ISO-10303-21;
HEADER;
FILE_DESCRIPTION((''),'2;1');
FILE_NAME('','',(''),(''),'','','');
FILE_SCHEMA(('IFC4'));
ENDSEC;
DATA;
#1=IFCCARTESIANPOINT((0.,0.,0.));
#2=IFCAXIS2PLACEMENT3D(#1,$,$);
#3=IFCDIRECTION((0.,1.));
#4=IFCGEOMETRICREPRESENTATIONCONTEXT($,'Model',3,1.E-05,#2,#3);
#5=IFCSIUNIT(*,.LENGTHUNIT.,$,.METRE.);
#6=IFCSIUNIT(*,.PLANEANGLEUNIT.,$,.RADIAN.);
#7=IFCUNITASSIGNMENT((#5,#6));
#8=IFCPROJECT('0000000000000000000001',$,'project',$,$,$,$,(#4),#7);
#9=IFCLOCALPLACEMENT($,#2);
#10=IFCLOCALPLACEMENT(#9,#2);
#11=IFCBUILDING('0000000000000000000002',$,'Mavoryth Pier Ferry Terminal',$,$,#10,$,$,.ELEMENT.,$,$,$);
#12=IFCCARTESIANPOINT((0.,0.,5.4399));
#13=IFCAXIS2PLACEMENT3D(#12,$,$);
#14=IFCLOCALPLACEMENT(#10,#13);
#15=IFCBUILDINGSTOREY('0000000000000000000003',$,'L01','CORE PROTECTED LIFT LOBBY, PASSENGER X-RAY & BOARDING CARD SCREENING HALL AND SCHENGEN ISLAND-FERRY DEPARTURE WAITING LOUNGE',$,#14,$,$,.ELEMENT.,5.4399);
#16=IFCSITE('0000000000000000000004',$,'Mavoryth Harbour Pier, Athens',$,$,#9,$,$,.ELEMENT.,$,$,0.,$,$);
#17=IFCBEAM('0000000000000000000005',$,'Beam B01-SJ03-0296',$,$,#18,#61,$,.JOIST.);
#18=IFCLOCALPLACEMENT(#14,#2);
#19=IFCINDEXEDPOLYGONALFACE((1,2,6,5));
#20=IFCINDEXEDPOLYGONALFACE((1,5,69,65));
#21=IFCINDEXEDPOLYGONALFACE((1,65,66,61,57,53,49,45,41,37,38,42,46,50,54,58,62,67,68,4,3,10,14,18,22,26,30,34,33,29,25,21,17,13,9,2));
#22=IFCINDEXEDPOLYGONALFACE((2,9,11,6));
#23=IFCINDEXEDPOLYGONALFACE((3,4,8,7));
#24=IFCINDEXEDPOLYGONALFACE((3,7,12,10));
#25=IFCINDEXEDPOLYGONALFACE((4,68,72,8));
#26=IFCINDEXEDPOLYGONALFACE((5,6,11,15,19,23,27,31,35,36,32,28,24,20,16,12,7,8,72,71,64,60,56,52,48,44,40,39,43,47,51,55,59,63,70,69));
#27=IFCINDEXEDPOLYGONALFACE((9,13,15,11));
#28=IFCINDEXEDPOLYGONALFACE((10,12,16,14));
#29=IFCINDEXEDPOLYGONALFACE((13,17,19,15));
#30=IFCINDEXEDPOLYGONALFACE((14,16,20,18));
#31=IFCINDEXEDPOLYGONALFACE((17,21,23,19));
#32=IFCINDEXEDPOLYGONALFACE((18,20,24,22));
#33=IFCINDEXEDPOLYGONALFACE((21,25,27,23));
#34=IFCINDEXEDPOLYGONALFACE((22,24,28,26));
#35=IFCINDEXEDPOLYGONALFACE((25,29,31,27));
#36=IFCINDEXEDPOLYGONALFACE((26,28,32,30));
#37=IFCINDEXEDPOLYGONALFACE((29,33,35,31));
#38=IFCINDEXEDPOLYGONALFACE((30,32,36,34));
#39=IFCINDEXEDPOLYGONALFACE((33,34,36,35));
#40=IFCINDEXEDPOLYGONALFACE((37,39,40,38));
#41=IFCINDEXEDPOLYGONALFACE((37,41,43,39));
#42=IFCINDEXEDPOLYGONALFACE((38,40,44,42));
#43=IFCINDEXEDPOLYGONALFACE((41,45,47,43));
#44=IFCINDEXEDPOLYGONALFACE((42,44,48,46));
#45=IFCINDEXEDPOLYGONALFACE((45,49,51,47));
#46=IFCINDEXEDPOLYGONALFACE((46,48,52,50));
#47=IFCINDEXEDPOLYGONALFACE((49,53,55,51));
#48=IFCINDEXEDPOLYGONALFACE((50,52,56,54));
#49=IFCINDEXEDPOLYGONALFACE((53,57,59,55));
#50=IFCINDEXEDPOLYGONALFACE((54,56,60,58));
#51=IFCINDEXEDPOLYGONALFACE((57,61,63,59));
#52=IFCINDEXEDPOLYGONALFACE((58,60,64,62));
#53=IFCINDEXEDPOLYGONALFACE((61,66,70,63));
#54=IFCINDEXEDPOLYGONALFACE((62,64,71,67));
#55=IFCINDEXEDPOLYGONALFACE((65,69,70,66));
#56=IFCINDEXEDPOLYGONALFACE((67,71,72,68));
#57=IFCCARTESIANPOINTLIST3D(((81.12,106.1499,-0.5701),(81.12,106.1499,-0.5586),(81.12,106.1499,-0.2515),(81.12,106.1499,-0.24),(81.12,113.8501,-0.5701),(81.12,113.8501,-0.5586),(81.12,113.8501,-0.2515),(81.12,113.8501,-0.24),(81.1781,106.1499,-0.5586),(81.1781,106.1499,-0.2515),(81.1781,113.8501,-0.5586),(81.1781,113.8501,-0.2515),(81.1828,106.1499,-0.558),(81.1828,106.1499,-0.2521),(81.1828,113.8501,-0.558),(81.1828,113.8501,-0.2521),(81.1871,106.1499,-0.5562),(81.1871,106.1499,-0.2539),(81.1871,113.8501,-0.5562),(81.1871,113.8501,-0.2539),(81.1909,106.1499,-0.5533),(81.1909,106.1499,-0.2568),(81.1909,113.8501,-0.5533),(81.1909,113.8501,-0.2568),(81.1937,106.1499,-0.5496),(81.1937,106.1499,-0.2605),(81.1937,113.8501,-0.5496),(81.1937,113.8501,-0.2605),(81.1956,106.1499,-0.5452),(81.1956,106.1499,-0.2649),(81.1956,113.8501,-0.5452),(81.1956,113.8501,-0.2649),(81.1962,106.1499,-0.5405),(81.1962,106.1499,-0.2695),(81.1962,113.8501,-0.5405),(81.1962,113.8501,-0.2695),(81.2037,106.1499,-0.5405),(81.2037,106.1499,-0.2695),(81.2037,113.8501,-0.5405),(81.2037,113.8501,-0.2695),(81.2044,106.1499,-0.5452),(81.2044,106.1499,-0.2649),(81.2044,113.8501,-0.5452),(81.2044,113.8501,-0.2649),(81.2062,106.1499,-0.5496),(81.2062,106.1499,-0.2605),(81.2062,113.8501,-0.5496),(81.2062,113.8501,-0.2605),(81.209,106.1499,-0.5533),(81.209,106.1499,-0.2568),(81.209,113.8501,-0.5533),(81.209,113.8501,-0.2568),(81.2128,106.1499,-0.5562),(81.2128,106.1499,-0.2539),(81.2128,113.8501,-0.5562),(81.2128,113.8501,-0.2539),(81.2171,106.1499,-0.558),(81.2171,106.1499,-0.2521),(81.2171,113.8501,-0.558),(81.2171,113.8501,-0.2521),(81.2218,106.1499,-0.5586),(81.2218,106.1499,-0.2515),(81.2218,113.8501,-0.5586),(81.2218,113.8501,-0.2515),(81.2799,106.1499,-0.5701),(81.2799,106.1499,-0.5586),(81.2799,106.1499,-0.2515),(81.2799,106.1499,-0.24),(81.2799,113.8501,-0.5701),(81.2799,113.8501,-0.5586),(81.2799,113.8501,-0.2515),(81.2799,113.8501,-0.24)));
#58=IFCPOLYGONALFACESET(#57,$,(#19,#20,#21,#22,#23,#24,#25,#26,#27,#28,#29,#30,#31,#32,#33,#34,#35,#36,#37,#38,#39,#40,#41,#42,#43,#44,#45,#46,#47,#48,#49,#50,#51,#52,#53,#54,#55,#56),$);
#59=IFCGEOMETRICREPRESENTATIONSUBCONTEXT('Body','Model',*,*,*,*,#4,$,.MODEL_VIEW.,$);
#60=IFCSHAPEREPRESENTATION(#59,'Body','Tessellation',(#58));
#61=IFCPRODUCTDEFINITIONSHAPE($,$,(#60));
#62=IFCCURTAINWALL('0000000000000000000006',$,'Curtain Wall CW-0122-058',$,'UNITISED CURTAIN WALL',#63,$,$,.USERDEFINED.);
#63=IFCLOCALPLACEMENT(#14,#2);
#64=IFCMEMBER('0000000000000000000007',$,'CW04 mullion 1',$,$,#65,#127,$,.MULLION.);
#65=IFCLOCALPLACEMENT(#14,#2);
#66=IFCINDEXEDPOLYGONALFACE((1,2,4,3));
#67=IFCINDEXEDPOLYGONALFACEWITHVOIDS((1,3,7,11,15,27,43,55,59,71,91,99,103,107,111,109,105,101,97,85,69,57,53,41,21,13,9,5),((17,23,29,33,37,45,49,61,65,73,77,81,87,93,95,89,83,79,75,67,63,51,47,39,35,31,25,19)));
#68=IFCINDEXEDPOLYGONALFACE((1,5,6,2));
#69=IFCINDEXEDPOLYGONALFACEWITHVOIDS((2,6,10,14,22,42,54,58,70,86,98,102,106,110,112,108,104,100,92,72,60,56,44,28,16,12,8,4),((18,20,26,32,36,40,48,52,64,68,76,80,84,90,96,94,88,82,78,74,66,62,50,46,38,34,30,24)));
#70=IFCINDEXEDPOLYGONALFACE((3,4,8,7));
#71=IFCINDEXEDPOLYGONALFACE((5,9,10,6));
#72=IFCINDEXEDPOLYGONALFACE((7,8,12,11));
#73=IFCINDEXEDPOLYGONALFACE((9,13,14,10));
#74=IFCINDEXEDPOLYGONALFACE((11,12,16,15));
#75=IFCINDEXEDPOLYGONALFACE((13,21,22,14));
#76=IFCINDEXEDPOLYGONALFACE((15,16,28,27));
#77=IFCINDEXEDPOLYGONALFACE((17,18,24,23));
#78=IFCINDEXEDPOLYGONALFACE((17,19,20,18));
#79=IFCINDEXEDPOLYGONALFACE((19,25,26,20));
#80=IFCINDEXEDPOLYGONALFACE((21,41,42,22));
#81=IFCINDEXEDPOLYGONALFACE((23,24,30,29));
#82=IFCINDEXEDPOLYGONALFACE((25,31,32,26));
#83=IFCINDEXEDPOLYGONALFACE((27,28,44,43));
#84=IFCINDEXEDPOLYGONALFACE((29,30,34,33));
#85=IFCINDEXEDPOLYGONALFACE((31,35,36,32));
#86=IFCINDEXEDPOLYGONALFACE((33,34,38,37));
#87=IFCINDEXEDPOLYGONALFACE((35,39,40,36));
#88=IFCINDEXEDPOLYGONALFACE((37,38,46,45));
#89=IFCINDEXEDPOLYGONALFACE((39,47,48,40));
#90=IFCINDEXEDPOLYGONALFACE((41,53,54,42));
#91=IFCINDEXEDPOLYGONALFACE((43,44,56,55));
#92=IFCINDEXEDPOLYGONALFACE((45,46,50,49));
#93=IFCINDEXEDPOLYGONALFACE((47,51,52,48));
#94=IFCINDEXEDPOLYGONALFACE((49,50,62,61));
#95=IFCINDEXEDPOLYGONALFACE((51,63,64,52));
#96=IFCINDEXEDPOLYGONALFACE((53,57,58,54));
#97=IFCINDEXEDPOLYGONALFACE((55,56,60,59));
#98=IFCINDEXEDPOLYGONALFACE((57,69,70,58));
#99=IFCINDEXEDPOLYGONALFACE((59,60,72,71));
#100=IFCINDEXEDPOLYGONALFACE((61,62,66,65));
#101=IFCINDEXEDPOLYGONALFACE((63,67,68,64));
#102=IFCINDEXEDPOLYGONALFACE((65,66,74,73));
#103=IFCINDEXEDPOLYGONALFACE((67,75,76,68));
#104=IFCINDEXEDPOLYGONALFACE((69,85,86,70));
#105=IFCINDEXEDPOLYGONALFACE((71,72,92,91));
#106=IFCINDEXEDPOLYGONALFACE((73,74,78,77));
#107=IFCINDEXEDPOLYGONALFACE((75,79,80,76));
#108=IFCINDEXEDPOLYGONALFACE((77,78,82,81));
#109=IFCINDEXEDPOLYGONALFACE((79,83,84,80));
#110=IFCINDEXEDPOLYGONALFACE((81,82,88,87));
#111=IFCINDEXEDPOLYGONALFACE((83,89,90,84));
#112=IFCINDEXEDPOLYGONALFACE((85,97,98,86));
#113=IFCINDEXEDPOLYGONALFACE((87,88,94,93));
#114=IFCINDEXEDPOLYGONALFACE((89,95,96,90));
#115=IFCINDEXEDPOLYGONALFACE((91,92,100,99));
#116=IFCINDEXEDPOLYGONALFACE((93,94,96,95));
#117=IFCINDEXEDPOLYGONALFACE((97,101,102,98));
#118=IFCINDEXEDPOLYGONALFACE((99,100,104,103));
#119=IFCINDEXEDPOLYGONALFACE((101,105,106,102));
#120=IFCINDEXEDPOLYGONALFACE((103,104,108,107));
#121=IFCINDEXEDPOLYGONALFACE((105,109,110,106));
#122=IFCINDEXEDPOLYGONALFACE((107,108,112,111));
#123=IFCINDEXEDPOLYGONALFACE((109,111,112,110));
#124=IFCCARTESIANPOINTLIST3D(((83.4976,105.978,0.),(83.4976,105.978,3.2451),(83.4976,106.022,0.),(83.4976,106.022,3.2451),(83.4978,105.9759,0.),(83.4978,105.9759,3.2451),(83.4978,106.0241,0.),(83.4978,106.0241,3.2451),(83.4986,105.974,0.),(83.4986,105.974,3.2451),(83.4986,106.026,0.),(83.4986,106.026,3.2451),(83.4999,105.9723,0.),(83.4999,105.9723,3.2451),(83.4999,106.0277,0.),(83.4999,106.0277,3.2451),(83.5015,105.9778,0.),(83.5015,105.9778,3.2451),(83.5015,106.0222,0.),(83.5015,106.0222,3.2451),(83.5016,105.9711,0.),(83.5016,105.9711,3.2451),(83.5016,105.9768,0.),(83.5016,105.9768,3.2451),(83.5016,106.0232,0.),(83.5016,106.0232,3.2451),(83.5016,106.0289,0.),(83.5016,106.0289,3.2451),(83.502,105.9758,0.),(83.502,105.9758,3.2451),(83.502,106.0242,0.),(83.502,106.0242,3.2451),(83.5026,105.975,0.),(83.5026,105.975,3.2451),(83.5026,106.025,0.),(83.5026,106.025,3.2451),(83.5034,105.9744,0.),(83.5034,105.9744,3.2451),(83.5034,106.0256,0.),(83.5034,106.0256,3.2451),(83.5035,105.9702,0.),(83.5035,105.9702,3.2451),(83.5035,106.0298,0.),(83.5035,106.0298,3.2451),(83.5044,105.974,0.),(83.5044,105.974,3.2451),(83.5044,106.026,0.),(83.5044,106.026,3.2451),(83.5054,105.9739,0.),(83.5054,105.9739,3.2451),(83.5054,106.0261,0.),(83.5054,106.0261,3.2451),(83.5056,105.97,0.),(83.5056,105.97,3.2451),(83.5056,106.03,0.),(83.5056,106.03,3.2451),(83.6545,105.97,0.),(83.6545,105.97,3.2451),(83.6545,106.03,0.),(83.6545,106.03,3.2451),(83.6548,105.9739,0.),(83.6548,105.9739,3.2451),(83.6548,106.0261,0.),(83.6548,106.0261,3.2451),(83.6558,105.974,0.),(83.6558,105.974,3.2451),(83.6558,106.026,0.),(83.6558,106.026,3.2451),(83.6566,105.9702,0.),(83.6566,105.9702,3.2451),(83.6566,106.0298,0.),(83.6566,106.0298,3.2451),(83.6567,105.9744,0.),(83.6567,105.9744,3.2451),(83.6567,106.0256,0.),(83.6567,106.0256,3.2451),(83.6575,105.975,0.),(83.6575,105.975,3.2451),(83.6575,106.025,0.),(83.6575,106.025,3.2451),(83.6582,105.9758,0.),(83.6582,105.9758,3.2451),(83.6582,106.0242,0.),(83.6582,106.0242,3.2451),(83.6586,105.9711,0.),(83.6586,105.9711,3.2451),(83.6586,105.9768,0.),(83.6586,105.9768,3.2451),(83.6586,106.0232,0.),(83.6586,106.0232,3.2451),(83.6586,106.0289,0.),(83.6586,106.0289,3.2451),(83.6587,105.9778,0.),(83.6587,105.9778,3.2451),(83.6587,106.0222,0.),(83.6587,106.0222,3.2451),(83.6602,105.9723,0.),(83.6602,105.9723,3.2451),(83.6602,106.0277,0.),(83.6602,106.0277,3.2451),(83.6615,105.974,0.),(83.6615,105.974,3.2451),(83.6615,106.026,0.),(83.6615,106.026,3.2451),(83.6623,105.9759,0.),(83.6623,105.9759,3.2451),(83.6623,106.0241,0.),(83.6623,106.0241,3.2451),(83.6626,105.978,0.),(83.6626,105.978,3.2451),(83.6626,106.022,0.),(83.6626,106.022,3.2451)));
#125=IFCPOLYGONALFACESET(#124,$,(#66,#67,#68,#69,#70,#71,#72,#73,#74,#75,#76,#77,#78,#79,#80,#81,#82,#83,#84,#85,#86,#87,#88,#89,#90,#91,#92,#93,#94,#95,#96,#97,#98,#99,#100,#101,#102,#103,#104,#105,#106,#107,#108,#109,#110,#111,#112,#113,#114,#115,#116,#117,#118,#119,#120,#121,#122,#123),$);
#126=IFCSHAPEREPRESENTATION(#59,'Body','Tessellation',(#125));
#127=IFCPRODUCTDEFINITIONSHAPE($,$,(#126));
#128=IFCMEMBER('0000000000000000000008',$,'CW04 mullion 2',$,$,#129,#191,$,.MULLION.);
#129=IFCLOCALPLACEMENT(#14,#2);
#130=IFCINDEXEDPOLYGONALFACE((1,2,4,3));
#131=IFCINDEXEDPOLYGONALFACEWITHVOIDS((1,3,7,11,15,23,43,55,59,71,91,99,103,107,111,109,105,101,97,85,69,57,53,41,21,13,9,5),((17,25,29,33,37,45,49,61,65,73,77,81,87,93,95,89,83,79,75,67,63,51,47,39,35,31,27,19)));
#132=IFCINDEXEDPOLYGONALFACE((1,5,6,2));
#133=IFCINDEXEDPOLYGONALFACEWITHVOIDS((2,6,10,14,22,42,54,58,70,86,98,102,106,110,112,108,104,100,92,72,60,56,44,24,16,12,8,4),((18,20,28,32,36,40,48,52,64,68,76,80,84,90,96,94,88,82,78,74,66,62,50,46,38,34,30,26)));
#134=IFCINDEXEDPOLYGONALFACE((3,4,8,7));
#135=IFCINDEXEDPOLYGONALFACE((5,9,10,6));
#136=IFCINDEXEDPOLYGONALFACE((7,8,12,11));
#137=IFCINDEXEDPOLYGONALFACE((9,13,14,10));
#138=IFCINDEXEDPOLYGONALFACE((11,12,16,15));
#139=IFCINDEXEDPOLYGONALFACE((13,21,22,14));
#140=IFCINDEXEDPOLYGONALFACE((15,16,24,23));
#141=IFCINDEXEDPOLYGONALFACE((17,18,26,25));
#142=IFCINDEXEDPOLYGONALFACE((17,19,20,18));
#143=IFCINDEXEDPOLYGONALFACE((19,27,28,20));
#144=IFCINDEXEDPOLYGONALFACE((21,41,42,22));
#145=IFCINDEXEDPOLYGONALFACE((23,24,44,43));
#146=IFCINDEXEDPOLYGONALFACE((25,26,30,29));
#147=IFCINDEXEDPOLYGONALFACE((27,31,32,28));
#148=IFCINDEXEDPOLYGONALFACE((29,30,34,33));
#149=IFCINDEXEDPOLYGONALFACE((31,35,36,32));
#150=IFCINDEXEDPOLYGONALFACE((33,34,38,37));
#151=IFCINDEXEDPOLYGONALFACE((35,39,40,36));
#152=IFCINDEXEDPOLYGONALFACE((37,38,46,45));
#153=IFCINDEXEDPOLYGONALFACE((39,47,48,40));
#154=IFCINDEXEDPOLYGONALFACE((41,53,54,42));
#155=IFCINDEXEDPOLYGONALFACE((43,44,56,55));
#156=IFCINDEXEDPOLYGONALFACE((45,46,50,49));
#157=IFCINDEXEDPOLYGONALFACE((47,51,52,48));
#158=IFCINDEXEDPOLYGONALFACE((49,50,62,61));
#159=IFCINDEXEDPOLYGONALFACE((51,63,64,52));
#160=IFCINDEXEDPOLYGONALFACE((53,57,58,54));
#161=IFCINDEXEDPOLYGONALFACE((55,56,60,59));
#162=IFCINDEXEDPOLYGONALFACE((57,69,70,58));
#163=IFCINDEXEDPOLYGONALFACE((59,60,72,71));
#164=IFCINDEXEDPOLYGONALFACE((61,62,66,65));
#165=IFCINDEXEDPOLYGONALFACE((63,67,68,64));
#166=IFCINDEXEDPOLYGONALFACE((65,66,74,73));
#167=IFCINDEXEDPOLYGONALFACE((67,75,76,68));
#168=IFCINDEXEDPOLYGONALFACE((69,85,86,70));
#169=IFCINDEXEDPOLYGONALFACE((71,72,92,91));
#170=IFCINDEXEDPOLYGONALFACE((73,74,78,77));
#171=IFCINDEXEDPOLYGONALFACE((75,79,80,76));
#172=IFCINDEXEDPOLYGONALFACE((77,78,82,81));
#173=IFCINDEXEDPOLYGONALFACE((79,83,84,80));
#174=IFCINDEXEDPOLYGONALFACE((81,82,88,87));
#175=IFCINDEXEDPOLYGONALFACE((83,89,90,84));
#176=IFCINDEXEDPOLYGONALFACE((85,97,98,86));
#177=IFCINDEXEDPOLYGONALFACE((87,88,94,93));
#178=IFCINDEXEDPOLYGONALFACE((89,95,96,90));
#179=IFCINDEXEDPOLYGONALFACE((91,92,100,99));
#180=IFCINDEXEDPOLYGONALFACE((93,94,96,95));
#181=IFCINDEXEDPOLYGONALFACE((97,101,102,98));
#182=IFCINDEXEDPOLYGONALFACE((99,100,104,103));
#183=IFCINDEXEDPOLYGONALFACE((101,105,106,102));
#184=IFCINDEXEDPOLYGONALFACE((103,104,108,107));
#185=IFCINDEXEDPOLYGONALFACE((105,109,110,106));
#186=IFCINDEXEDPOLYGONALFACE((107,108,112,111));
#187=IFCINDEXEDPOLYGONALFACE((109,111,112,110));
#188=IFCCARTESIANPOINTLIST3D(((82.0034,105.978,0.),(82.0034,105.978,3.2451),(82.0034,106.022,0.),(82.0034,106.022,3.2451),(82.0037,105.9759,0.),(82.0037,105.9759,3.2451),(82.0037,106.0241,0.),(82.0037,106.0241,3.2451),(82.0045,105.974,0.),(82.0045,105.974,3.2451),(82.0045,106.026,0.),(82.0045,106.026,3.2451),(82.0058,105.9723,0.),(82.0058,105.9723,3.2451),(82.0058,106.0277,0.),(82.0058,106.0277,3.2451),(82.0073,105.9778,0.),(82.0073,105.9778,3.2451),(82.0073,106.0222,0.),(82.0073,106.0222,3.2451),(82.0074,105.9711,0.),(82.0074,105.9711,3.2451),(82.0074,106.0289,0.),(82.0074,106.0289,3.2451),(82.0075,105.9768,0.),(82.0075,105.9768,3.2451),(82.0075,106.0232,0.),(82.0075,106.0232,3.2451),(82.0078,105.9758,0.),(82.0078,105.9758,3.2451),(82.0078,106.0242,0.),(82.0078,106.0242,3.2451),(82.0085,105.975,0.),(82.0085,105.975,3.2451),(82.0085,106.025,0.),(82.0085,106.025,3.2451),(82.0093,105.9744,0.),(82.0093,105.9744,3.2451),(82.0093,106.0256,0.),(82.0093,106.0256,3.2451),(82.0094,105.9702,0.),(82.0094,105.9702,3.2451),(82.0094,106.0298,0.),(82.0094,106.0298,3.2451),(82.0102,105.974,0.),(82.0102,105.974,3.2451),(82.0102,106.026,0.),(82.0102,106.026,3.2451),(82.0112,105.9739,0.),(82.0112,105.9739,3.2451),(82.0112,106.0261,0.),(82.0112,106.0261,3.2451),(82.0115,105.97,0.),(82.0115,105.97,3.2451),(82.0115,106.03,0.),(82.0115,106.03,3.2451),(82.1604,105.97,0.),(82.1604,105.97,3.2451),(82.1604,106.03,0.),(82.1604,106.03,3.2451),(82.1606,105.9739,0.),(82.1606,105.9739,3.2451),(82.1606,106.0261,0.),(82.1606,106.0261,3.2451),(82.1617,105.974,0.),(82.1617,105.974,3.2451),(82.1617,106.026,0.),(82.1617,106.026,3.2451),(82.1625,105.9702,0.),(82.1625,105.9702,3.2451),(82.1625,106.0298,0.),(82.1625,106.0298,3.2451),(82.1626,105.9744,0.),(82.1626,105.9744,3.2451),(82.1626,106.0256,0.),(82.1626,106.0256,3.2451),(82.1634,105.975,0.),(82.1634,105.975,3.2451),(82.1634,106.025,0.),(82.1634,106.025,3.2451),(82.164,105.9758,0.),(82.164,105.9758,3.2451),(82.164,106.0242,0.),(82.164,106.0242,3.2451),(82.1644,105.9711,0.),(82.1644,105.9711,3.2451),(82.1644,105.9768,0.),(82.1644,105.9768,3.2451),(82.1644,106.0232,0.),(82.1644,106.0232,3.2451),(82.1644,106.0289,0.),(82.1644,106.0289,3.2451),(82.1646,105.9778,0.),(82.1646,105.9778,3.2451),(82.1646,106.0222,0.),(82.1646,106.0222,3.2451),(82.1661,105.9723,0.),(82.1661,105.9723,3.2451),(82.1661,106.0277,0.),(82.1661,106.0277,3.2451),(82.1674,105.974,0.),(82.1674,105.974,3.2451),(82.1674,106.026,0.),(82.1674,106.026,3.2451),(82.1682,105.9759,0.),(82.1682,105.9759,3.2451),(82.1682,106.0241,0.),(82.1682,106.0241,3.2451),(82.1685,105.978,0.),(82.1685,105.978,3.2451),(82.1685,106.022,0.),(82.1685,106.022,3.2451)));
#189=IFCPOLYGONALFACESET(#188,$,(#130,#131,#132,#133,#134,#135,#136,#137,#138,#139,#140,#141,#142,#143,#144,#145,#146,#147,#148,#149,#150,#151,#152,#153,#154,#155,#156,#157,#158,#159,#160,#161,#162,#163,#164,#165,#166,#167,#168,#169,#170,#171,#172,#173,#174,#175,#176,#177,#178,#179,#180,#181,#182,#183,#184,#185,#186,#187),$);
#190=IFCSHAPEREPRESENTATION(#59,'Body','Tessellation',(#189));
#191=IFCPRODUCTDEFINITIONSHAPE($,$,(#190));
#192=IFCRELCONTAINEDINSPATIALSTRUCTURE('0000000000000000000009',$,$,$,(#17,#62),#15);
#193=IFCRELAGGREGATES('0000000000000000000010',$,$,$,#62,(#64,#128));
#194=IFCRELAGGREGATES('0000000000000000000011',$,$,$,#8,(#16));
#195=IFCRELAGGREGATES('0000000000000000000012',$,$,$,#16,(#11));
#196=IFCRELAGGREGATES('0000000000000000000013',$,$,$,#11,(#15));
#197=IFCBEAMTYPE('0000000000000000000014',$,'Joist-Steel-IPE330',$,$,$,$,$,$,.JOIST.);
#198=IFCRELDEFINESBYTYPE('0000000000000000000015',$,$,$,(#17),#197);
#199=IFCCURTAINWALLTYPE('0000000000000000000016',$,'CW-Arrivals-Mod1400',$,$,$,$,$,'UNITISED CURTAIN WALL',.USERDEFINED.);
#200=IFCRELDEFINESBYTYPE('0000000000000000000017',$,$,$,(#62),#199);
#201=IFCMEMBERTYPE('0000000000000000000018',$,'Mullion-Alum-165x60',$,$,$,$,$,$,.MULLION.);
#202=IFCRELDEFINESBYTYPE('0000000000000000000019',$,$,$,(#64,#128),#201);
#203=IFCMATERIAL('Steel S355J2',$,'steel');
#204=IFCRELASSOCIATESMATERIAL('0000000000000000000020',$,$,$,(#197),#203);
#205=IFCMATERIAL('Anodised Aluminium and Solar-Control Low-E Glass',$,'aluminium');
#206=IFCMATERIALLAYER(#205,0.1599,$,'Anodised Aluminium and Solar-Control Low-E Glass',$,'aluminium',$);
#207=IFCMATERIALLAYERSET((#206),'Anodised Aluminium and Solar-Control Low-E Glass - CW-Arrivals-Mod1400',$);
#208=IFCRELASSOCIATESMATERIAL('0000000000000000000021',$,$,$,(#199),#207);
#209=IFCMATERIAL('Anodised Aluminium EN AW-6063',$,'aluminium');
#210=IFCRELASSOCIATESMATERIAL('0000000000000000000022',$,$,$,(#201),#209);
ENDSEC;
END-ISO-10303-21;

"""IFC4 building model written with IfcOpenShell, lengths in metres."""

from ifc_helpers import new_model, si_unit, direction, frame, origin, origin_2d, place, context, subcontext, project, spatial, hollow_rectangle, i_section, extrude, material, layer, layer_set, material_profile, profile_set, type_object, element, aggregate, save


model = new_model("IFC4")

# Units and contexts
model_context = context("Model", 3, precision=1e-05, world=origin(), true_north=direction((0.0, 1.0)))
body_context = subcontext(model_context, "Body", "Model", "MODEL_VIEW")
ifc_project = project(units=[si_unit("LENGTHUNIT", "METRE"), si_unit("PLANEANGLEUNIT", "RADIAN")], contexts=[model_context])

# Site, building, storey
site_placement = place(None, origin())
site = spatial("IfcSite", under=ifc_project, at=site_placement, Name="Mavoryth Harbour Pier, Athens", CompositionType="ELEMENT", RefElevation=0.0)
building_placement = place(site_placement, origin())
building = spatial("IfcBuilding", under=site, at=building_placement, Name="Mavoryth Pier Ferry Terminal", CompositionType="ELEMENT")
storey_placement = place(building_placement, frame((0.0, 0.0, 5.4399)))
storey = spatial("IfcBuildingStorey", under=building, at=storey_placement, Name="L01", Description="CORE PROTECTED LIFT LOBBY, PASSENGER X-RAY & BOARDING CARD SCREENING HALL AND SCHENGEN ISLAND-FERRY DEPARTURE WAITING LOUNGE", CompositionType="ELEMENT", Elevation=5.4399)

# Shared definitions
ifc_material_1 = material(Name="Steel S355J2", Category="steel")

# Beam
ifc_material_profile_1 = material_profile(ifc_material_1, i_section(OverallWidth=0.1599, OverallDepth=0.3301, WebThickness=0.0076, FlangeThickness=0.0115, FilletRadius=0.0181, at=origin_2d()), Name="IPE 330", Category="steel")
ifc_profile_set_1 = profile_set([ifc_material_profile_1], Name="Steel S355J2 - IPE 330")
beam_type_1 = type_object("IfcBeamType", Name="Joist-Steel-IPE330", PredefinedType="JOIST", material=ifc_profile_set_1)
beam_1_placement = place(storey_placement, frame((81.2, 106.1499, -0.405), z_axis=(0.0, 1.0, 0.0), x_axis=(-1.0, 0.0, 0.0)))
element("IfcBeam", 1, at=beam_1_placement, inside=storey, type_object=beam_type_1, Name="Beam B01-SJ03-0296", PredefinedType="JOIST", context=body_context, shape_type="SweptSolid", body=[
    extrude(i_section(OverallWidth=0.1599, OverallDepth=0.3301, WebThickness=0.0076, FlangeThickness=0.0115, FilletRadius=0.0181, at=origin_2d()), origin(), (0.0, 0.0, 1.0), 7.7002),
])

# Curtain wall, members
ifc_material_2 = material(Name="Anodised Aluminium and Solar-Control Low-E Glass", Category="aluminium")
ifc_layer_1 = layer(ifc_material_2, 0.1599, Name="Anodised Aluminium and Solar-Control Low-E Glass", Category="aluminium")
ifc_layer_set_1 = layer_set([ifc_layer_1], Name="Anodised Aluminium and Solar-Control Low-E Glass - CW-Arrivals-Mod1400")
curtain_wall_type = type_object("IfcCurtainWallType", Name="CW-Arrivals-Mod1400", ElementType="UNITISED CURTAIN WALL", PredefinedType="USERDEFINED", material=ifc_layer_set_1)
curtain_wall_1_placement = place(storey_placement, origin())
curtain_wall_1 = element("IfcCurtainWall", 2, at=curtain_wall_1_placement, inside=storey, type_object=curtain_wall_type, Name="Curtain Wall CW-0122-058", ObjectType="UNITISED CURTAIN WALL", PredefinedType="USERDEFINED")
ifc_material_3 = material(Name="Anodised Aluminium EN AW-6063", Category="aluminium")
ifc_material_profile_2 = material_profile(ifc_material_3, hollow_rectangle(XDim=0.0601, YDim=0.165, WallThickness=0.0039, InnerFilletRadius=0.0039, OuterFilletRadius=0.0081, at=origin_2d()), Name="AL-MULL 165x60x4", Category="aluminium")
ifc_profile_set_2 = profile_set([ifc_material_profile_2], Name="Anodised Aluminium EN AW-6063 - AL-MULL 165x60x4")
member_type_1 = type_object("IfcMemberType", Name="Mullion-Alum-165x60", PredefinedType="MULLION", material=ifc_profile_set_2)
member_1_placement = place(storey_placement, frame((83.5801, 106.0, 0.0), z_axis=(0.0, 0.0, 1.0), x_axis=(0.0, -1.0, 0.0)))
member_1 = element("IfcMember", 3, at=member_1_placement, type_object=member_type_1, Name="CW04 mullion 1", PredefinedType="MULLION", context=body_context, shape_type="SweptSolid", body=[
    extrude(hollow_rectangle(XDim=0.0601, YDim=0.165, WallThickness=0.0039, InnerFilletRadius=0.0039, OuterFilletRadius=0.0081, at=origin_2d()), origin(), (0.0, 0.0, 1.0), 3.2451),
])
member_2_placement = place(storey_placement, frame((82.0859, 106.0, 0.0), z_axis=(0.0, 0.0, 1.0), x_axis=(0.0, -1.0, 0.0)))
member_2 = element("IfcMember", 4, at=member_2_placement, type_object=member_type_1, Name="CW04 mullion 2", PredefinedType="MULLION", context=body_context, shape_type="SweptSolid", body=[
    extrude(hollow_rectangle(XDim=0.0601, YDim=0.165, WallThickness=0.0039, InnerFilletRadius=0.0039, OuterFilletRadius=0.0081, at=origin_2d()), origin(), (0.0, 0.0, 1.0), 3.2451),
])

aggregate(curtain_wall_1, [member_1, member_2])

save(model, "model.ifc")
